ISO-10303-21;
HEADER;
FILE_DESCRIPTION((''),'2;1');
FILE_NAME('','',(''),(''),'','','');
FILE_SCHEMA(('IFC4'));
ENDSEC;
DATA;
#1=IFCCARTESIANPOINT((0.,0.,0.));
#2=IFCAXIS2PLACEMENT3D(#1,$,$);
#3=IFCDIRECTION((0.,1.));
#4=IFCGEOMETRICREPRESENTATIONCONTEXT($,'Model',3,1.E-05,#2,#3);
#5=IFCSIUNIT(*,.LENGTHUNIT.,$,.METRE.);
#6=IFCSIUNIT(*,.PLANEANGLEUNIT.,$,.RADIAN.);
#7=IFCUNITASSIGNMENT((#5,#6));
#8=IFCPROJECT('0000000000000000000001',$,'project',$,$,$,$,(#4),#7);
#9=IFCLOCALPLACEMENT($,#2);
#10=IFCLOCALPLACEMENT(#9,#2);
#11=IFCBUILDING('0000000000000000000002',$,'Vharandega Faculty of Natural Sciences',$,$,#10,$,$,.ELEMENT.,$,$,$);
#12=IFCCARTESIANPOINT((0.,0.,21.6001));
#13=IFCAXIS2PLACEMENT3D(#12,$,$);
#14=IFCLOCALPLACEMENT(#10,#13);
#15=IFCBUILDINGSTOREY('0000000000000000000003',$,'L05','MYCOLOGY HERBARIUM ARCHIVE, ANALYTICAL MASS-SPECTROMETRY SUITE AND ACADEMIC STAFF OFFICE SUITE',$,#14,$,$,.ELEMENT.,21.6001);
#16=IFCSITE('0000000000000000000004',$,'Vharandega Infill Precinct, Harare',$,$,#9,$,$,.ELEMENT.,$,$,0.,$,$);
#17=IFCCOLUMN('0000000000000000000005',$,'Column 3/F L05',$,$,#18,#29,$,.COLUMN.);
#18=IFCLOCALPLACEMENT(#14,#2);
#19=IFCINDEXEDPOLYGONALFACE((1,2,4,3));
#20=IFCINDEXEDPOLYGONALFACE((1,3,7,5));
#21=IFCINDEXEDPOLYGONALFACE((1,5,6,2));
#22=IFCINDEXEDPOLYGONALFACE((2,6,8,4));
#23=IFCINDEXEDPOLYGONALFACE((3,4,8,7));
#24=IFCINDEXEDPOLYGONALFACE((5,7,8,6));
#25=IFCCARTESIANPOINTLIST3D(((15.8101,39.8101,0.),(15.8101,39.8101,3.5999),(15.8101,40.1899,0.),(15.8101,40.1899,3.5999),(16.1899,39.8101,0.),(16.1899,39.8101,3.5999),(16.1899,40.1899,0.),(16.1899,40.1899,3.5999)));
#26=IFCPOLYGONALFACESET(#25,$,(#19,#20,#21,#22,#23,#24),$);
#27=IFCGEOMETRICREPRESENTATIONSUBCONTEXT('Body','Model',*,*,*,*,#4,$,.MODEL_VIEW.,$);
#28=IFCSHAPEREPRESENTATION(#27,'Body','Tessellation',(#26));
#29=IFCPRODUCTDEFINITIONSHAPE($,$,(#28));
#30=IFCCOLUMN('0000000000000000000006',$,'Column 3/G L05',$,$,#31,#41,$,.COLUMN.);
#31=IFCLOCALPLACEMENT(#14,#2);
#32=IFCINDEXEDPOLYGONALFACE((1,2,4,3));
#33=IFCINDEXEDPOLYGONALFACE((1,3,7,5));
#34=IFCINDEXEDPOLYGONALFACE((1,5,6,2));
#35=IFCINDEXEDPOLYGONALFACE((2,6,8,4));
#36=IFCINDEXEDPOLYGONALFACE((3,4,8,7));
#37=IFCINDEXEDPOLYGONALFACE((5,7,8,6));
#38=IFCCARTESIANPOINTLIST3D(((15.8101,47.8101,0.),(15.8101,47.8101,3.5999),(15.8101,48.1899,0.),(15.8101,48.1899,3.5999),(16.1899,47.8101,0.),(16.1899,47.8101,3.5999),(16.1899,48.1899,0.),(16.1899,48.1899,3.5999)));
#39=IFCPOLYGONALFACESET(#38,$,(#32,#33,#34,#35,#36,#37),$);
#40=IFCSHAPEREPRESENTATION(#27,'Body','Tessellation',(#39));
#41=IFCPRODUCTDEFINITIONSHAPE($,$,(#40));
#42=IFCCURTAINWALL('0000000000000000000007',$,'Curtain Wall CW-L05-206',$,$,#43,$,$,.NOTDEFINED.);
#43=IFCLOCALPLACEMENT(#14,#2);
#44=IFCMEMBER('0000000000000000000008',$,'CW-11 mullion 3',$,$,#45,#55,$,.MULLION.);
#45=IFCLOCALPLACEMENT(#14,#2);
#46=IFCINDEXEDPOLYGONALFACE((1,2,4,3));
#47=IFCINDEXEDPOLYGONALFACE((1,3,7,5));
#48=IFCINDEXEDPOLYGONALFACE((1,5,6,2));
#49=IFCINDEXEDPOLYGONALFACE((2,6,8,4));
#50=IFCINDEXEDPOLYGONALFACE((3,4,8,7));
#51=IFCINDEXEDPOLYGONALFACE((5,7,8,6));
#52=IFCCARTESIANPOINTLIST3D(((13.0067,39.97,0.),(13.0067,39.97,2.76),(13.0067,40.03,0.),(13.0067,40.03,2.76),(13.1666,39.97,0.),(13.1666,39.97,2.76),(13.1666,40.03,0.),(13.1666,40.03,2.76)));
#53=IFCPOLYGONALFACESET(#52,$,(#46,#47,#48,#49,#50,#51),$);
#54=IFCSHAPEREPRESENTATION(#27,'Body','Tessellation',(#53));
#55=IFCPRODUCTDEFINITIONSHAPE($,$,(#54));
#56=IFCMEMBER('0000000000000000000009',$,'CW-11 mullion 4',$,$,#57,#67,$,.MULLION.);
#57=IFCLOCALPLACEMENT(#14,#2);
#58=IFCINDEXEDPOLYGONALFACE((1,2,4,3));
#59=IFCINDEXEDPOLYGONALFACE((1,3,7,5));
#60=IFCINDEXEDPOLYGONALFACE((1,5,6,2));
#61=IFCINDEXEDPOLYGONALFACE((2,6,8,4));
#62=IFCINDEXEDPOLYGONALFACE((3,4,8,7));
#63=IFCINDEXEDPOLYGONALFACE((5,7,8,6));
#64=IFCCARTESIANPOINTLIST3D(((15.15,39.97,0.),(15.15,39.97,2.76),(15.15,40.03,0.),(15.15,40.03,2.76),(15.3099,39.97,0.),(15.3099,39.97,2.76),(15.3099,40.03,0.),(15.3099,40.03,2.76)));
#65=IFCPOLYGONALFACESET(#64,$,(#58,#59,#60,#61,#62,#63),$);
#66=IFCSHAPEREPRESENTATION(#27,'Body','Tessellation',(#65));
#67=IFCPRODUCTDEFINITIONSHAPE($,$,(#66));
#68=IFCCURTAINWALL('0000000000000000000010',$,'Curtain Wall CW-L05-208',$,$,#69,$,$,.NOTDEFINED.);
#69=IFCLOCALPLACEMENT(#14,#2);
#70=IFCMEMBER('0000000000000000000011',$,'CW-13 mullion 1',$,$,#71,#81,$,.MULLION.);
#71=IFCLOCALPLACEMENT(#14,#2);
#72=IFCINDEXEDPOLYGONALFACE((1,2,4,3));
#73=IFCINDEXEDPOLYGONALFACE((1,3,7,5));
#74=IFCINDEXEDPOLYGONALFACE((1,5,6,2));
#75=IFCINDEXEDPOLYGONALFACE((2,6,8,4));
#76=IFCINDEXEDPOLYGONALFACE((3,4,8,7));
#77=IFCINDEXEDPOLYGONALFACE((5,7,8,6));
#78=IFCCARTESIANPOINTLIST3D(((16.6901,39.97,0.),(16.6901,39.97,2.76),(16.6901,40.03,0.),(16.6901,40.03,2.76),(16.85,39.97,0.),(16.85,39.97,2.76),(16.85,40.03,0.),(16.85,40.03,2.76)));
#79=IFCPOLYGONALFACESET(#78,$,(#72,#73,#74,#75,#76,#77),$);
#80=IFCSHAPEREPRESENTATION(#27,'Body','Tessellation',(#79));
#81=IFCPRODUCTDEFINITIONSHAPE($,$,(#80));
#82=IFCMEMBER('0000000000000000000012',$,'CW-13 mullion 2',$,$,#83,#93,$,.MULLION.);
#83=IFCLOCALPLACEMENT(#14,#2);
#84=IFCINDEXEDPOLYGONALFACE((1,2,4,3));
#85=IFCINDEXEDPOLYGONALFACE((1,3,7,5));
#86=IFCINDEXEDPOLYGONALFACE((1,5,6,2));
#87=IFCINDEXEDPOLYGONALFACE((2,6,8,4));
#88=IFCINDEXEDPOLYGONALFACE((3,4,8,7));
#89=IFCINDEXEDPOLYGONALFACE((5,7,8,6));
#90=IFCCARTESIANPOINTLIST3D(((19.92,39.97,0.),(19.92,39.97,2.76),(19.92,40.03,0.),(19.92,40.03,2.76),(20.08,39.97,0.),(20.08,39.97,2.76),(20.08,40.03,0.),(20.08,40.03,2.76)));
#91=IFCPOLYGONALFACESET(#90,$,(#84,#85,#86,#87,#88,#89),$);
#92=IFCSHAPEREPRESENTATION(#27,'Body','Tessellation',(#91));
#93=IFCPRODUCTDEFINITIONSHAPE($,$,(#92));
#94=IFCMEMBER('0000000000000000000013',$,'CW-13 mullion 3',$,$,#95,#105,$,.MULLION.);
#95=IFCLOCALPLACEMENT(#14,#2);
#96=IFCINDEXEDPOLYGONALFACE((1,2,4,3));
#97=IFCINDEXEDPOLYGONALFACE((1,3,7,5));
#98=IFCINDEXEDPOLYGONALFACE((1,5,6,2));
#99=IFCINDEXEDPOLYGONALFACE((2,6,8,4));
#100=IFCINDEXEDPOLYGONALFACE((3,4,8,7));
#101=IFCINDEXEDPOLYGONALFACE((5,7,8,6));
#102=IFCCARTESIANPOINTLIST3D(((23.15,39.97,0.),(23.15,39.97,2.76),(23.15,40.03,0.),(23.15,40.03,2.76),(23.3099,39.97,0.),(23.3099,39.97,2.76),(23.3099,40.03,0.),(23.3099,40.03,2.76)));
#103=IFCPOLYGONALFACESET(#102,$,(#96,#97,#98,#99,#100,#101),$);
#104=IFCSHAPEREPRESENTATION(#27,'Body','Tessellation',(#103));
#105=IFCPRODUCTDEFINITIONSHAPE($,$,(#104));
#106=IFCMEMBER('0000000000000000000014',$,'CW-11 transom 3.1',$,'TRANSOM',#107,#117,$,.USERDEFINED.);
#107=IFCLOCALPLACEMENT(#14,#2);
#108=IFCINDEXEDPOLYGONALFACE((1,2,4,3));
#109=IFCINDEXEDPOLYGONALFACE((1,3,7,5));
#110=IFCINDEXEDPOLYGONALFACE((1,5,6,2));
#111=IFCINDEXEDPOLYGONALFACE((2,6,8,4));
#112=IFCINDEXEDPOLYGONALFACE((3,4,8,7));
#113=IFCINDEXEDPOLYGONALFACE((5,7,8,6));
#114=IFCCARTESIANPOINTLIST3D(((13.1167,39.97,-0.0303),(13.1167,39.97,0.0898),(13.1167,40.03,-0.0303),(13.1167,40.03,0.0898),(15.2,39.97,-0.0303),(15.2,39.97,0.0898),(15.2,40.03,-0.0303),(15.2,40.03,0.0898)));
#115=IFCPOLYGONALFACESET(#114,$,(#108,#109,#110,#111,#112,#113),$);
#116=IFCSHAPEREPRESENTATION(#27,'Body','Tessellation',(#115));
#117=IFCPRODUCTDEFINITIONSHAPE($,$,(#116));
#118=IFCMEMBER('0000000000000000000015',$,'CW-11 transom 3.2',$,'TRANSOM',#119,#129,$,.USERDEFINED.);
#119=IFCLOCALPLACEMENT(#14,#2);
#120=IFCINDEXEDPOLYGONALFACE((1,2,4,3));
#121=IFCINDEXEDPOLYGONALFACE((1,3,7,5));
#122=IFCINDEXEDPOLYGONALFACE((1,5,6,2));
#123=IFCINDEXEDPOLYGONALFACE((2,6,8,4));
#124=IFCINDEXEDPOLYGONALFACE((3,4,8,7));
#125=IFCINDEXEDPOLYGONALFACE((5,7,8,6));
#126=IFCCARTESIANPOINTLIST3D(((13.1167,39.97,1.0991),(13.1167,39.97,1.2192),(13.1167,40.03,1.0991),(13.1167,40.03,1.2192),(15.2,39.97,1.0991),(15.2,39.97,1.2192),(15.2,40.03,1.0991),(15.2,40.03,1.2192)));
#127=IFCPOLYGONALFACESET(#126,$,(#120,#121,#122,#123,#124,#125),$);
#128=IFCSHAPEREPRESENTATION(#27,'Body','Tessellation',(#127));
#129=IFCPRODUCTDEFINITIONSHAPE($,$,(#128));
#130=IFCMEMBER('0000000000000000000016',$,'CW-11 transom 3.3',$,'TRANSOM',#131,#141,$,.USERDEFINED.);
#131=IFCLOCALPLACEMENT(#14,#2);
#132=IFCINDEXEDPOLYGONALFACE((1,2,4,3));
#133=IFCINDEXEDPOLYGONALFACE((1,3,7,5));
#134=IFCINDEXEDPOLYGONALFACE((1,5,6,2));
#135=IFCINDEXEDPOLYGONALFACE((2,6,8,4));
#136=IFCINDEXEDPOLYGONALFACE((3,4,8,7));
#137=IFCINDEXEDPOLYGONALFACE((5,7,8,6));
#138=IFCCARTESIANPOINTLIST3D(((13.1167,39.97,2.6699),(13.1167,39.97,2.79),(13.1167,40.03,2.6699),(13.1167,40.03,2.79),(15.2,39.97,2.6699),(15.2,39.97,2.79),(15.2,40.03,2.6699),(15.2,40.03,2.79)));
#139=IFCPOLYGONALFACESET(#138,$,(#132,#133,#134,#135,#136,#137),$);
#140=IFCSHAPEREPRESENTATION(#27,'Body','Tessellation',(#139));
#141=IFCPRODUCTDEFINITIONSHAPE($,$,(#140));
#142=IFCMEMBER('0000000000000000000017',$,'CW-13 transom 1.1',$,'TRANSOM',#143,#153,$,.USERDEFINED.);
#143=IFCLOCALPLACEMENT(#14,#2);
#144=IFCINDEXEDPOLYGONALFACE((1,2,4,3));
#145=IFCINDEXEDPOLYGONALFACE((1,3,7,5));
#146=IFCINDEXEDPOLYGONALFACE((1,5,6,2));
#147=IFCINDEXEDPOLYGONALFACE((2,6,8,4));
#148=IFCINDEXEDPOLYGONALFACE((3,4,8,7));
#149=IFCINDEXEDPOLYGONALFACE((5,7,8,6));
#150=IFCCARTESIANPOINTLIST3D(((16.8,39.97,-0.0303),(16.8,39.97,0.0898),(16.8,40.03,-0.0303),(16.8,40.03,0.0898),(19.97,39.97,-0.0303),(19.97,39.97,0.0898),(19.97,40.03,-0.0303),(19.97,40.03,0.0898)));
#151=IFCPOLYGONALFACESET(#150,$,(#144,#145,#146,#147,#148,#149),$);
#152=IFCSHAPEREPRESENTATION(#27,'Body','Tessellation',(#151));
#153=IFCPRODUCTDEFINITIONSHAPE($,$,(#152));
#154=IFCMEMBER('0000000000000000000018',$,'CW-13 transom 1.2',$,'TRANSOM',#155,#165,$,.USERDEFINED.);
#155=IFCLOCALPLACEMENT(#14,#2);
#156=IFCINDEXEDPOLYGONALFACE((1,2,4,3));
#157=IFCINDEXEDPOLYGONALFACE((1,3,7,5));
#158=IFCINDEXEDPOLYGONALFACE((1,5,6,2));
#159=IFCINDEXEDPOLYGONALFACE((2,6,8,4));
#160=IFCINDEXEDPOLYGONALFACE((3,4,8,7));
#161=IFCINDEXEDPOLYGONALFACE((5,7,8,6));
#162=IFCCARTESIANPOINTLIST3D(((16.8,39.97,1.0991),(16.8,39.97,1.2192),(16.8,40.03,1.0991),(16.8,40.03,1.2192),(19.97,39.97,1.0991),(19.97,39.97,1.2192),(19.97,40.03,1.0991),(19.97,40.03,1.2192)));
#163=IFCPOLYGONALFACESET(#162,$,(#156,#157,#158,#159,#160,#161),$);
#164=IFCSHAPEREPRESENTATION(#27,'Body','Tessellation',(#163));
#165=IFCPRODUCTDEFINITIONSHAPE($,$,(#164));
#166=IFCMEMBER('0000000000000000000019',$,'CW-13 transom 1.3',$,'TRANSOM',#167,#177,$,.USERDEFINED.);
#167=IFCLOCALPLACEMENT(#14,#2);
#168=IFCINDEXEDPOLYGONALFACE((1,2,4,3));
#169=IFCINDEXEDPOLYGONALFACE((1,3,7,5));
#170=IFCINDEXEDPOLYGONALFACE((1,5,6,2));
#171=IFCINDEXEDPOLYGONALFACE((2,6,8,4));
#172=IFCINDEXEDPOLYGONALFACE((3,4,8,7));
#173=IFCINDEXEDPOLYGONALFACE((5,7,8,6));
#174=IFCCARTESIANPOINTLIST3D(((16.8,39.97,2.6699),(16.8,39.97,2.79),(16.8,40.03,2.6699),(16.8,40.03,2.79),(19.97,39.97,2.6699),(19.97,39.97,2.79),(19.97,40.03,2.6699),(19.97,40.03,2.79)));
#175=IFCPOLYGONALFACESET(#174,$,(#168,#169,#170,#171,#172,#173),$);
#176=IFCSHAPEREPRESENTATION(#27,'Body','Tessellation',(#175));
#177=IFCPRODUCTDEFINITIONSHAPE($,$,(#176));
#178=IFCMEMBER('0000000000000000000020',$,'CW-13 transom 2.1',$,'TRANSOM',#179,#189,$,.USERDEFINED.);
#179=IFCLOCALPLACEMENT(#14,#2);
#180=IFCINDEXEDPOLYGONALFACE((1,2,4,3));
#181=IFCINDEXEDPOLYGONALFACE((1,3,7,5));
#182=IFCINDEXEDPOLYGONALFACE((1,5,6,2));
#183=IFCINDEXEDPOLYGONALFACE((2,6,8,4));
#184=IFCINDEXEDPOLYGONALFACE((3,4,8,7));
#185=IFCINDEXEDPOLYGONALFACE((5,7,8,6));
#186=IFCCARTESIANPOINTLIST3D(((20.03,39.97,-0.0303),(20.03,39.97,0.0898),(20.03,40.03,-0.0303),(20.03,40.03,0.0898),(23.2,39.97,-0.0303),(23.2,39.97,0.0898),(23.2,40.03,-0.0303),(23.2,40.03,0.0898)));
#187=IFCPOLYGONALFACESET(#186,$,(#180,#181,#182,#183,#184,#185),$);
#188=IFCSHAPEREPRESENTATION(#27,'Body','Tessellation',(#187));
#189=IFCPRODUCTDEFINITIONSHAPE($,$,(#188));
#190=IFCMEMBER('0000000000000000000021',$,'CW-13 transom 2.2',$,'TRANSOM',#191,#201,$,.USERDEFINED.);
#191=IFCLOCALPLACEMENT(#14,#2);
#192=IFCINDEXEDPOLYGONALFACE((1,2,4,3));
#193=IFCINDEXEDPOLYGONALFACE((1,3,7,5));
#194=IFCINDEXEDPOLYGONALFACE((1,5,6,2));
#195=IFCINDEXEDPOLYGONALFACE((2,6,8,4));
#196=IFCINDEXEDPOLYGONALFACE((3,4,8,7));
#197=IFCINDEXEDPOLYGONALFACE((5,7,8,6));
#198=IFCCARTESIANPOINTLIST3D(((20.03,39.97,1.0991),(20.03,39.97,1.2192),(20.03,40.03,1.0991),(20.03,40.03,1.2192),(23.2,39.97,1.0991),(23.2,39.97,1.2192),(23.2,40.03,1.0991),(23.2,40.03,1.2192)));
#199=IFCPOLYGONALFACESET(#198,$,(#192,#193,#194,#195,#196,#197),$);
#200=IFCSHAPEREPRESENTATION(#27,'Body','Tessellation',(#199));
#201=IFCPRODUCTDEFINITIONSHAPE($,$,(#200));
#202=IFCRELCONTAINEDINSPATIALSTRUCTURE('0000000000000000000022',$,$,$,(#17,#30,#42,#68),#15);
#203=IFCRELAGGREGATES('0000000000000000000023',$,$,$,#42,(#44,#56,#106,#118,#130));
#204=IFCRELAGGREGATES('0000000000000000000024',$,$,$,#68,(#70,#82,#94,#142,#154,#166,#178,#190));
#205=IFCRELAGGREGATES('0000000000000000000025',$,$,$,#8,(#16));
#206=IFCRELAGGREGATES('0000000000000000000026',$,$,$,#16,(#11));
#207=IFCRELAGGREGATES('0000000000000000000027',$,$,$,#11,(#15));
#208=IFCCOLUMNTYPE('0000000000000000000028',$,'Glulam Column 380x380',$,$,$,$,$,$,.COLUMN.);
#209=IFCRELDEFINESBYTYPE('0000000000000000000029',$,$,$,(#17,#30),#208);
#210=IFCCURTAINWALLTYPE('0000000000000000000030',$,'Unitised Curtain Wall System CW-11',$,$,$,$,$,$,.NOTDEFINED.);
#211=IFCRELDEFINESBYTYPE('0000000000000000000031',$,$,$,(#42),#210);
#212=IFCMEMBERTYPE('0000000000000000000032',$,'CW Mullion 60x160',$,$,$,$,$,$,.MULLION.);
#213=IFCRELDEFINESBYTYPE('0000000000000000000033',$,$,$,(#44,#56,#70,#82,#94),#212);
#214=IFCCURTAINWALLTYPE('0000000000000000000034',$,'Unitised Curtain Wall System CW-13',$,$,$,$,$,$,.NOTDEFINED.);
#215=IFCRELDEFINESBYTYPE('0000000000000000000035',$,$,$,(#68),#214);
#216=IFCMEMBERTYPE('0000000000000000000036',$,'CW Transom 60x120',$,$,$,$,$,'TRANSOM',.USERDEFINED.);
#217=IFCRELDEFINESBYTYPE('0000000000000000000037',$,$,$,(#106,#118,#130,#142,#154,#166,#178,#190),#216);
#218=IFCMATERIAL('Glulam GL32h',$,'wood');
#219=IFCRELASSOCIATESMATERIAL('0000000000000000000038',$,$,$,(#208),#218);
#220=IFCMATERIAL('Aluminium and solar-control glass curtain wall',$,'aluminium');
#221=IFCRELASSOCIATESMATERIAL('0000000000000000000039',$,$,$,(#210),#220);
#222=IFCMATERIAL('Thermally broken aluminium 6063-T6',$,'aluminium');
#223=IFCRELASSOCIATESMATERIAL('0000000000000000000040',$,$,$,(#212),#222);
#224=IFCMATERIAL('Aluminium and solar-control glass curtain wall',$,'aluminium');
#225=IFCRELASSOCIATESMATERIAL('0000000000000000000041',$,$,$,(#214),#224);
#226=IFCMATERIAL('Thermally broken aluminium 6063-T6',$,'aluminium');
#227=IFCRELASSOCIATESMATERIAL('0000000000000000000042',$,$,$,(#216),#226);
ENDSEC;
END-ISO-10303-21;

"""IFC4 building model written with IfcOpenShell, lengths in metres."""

from ifc_helpers import new_model, si_unit, direction, frame, origin, origin_2d, place, context, subcontext, project, spatial, rectangle, extrude, material, material_profile, profile_set, type_object, element, aggregate, save


model = new_model("IFC4")

# Units and contexts
model_context = context("Model", 3, precision=1e-05, world=origin(), true_north=direction((0.0, 1.0)))
body_context = subcontext(model_context, "Body", "Model", "MODEL_VIEW")
ifc_project = project(units=[si_unit("LENGTHUNIT", "METRE"), si_unit("PLANEANGLEUNIT", "RADIAN")], contexts=[model_context])

# Site, building, storey
site_placement = place(None, origin())
site = spatial("IfcSite", under=ifc_project, at=site_placement, Name="Vharandega Infill Precinct, Harare", CompositionType="ELEMENT", RefElevation=0.0)
building_placement = place(site_placement, origin())
building = spatial("IfcBuilding", under=site, at=building_placement, Name="Vharandega Faculty of Natural Sciences", CompositionType="ELEMENT")
storey_placement = place(building_placement, frame((0.0, 0.0, 21.6001)))
storey = spatial("IfcBuildingStorey", under=building, at=storey_placement, Name="L05", Description="MYCOLOGY HERBARIUM ARCHIVE, ANALYTICAL MASS-SPECTROMETRY SUITE AND ACADEMIC STAFF OFFICE SUITE", CompositionType="ELEMENT", Elevation=21.6001)

# Columns
ifc_material_1 = material(Name="Glulam GL32h", Category="wood")
ifc_material_profile_1 = material_profile(ifc_material_1, rectangle(XDim=0.3799, YDim=0.3799, at=origin_2d()), Name="GL32h 380x380")
ifc_profile_set_1 = profile_set([ifc_material_profile_1], Name="Glulam GL32h")
column_type = type_object("IfcColumnType", Name="Glulam Column 380x380", PredefinedType="COLUMN", material=ifc_profile_set_1)
for number, where, z_axis, x_axis, name in (
    (1, (16.0, 40.0, 0.0), (0.0, 0.0, 1.0), (1.0, 0.0, 0.0), "Column 3/F L05"),
    (2, (16.0, 48.0, 0.0), (0.0, 0.0, 1.0), (1.0, 0.0, 0.0), "Column 3/G L05"),
):
    element("IfcColumn", number, at=place(storey_placement, frame(where, z_axis=z_axis, x_axis=x_axis)), inside=storey, type_object=column_type, Name=name, PredefinedType="COLUMN", context=body_context, shape_type="SweptSolid", body=[
        extrude(rectangle(XDim=0.3799, YDim=0.3799, at=origin_2d()), origin(), (0.0, 0.0, 1.0), 3.5999),
    ])

# Curtain walls, members
ifc_material_2 = material(Name="Aluminium and solar-control glass curtain wall", Category="aluminium")
curtain_wall_type_1 = type_object("IfcCurtainWallType", Name="Unitised Curtain Wall System CW-11", PredefinedType="NOTDEFINED", material=ifc_material_2)
curtain_wall_1_placement = place(storey_placement, origin())
curtain_wall_1 = element("IfcCurtainWall", 3, at=curtain_wall_1_placement, inside=storey, type_object=curtain_wall_type_1, Name="Curtain Wall CW-L05-206", PredefinedType="NOTDEFINED")
ifc_material_3 = material(Name="Thermally broken aluminium 6063-T6", Category="aluminium")
ifc_material_profile_2 = material_profile(ifc_material_3, rectangle(XDim=0.0601, YDim=0.1599, at=origin_2d()), Name="ALU 60x160")
ifc_profile_set_2 = profile_set([ifc_material_profile_2], Name="Thermally broken aluminium 6063-T6")
member_type_1 = type_object("IfcMemberType", Name="CW Mullion 60x160", PredefinedType="MULLION", material=ifc_profile_set_2)
member_1_placement = place(storey_placement, frame((13.0867, 40.0, 0.0), z_axis=(0.0, 0.0, 1.0), x_axis=(0.0, 1.0, 0.0)))
member_1 = element("IfcMember", 4, at=member_1_placement, type_object=member_type_1, Name="CW-11 mullion 3", PredefinedType="MULLION", context=body_context, shape_type="SweptSolid", body=[
    extrude(rectangle(XDim=0.0601, YDim=0.1599, at=origin_2d()), origin(), (0.0, 0.0, 1.0), 2.76),
])
member_2_placement = place(storey_placement, frame((15.23, 40.0, 0.0), z_axis=(0.0, 0.0, 1.0), x_axis=(0.0, 1.0, 0.0)))
member_2 = element("IfcMember", 5, at=member_2_placement, type_object=member_type_1, Name="CW-11 mullion 4", PredefinedType="MULLION", context=body_context, shape_type="SweptSolid", body=[
    extrude(rectangle(XDim=0.0601, YDim=0.1599, at=origin_2d()), origin(), (0.0, 0.0, 1.0), 2.76),
])
ifc_material_4 = material(Name="Aluminium and solar-control glass curtain wall", Category="aluminium")
curtain_wall_type_2 = type_object("IfcCurtainWallType", Name="Unitised Curtain Wall System CW-13", PredefinedType="NOTDEFINED", material=ifc_material_4)
curtain_wall_2_placement = place(storey_placement, origin())
curtain_wall_2 = element("IfcCurtainWall", 6, at=curtain_wall_2_placement, inside=storey, type_object=curtain_wall_type_2, Name="Curtain Wall CW-L05-208", PredefinedType="NOTDEFINED")
member_3_placement = place(storey_placement, frame((16.77, 40.0, 0.0), z_axis=(0.0, 0.0, 1.0), x_axis=(0.0, 1.0, 0.0)))
member_3 = element("IfcMember", 7, at=member_3_placement, type_object=member_type_1, Name="CW-13 mullion 1", PredefinedType="MULLION", context=body_context, shape_type="SweptSolid", body=[
    extrude(rectangle(XDim=0.0601, YDim=0.1599, at=origin_2d()), origin(), (0.0, 0.0, 1.0), 2.76),
])
member_4_placement = place(storey_placement, frame((20.0, 40.0, 0.0), z_axis=(0.0, 0.0, 1.0), x_axis=(0.0, 1.0, 0.0)))
member_4 = element("IfcMember", 8, at=member_4_placement, type_object=member_type_1, Name="CW-13 mullion 2", PredefinedType="MULLION", context=body_context, shape_type="SweptSolid", body=[
    extrude(rectangle(XDim=0.0601, YDim=0.1599, at=origin_2d()), origin(), (0.0, 0.0, 1.0), 2.76),
])
member_5_placement = place(storey_placement, frame((23.23, 40.0, 0.0), z_axis=(0.0, 0.0, 1.0), x_axis=(0.0, 1.0, 0.0)))
member_5 = element("IfcMember", 9, at=member_5_placement, type_object=member_type_1, Name="CW-13 mullion 3", PredefinedType="MULLION", context=body_context, shape_type="SweptSolid", body=[
    extrude(rectangle(XDim=0.0601, YDim=0.1599, at=origin_2d()), origin(), (0.0, 0.0, 1.0), 2.76),
])

# Members
ifc_material_5 = material(Name="Thermally broken aluminium 6063-T6", Category="aluminium")
ifc_material_profile_3 = material_profile(ifc_material_5, rectangle(XDim=0.0601, YDim=0.1201, at=origin_2d()), Name="ALU 60x120")
ifc_profile_set_3 = profile_set([ifc_material_profile_3], Name="Thermally broken aluminium 6063-T6")
member_type_2 = type_object("IfcMemberType", Name="CW Transom 60x120", ElementType="TRANSOM", PredefinedType="USERDEFINED", material=ifc_profile_set_3)
member_6_placement = place(storey_placement, frame((13.1167, 40.0, 0.0298), z_axis=(1.0, 0.0, 0.0), x_axis=(0.0, 1.0, 0.0)))
member_6 = element("IfcMember", 10, at=member_6_placement, type_object=member_type_2, Name="CW-11 transom 3.1", ObjectType="TRANSOM", PredefinedType="USERDEFINED", context=body_context, shape_type="SweptSolid", body=[
    extrude(rectangle(XDim=0.0601, YDim=0.1201, at=origin_2d()), origin(), (0.0, 0.0, 1.0), 2.0833),
])
member_7_placement = place(storey_placement, frame((13.1167, 40.0, 1.1592), z_axis=(1.0, 0.0, 0.0), x_axis=(0.0, 1.0, 0.0)))
member_7 = element("IfcMember", 11, at=member_7_placement, type_object=member_type_2, Name="CW-11 transom 3.2", ObjectType="TRANSOM", PredefinedType="USERDEFINED", context=body_context, shape_type="SweptSolid", body=[
    extrude(rectangle(XDim=0.0601, YDim=0.1201, at=origin_2d()), origin(), (0.0, 0.0, 1.0), 2.0833),
])
member_8_placement = place(storey_placement, frame((13.1167, 40.0, 2.73), z_axis=(1.0, 0.0, 0.0), x_axis=(0.0, 1.0, 0.0)))
member_8 = element("IfcMember", 12, at=member_8_placement, type_object=member_type_2, Name="CW-11 transom 3.3", ObjectType="TRANSOM", PredefinedType="USERDEFINED", context=body_context, shape_type="SweptSolid", body=[
    extrude(rectangle(XDim=0.0601, YDim=0.1201, at=origin_2d()), origin(), (0.0, 0.0, 1.0), 2.0833),
])
member_9_placement = place(storey_placement, frame((16.8, 40.0, 0.0298), z_axis=(1.0, 0.0, 0.0), x_axis=(0.0, 1.0, 0.0)))
member_9 = element("IfcMember", 13, at=member_9_placement, type_object=member_type_2, Name="CW-13 transom 1.1", ObjectType="TRANSOM", PredefinedType="USERDEFINED", context=body_context, shape_type="SweptSolid", body=[
    extrude(rectangle(XDim=0.0601, YDim=0.1201, at=origin_2d()), origin(), (0.0, 0.0, 1.0), 3.1699),
])
member_10_placement = place(storey_placement, frame((16.8, 40.0, 1.1592), z_axis=(1.0, 0.0, 0.0), x_axis=(0.0, 1.0, 0.0)))
member_10 = element("IfcMember", 14, at=member_10_placement, type_object=member_type_2, Name="CW-13 transom 1.2", ObjectType="TRANSOM", PredefinedType="USERDEFINED", context=body_context, shape_type="SweptSolid", body=[
    extrude(rectangle(XDim=0.0601, YDim=0.1201, at=origin_2d()), origin(), (0.0, 0.0, 1.0), 3.1699),
])
member_11_placement = place(storey_placement, frame((16.8, 40.0, 2.73), z_axis=(1.0, 0.0, 0.0), x_axis=(0.0, 1.0, 0.0)))
member_11 = element("IfcMember", 15, at=member_11_placement, type_object=member_type_2, Name="CW-13 transom 1.3", ObjectType="TRANSOM", PredefinedType="USERDEFINED", context=body_context, shape_type="SweptSolid", body=[
    extrude(rectangle(XDim=0.0601, YDim=0.1201, at=origin_2d()), origin(), (0.0, 0.0, 1.0), 3.1699),
])
member_12_placement = place(storey_placement, frame((20.03, 40.0, 0.0298), z_axis=(1.0, 0.0, 0.0), x_axis=(0.0, 1.0, 0.0)))
member_12 = element("IfcMember", 16, at=member_12_placement, type_object=member_type_2, Name="CW-13 transom 2.1", ObjectType="TRANSOM", PredefinedType="USERDEFINED", context=body_context, shape_type="SweptSolid", body=[
    extrude(rectangle(XDim=0.0601, YDim=0.1201, at=origin_2d()), origin(), (0.0, 0.0, 1.0), 3.1699),
])
member_13_placement = place(storey_placement, frame((20.03, 40.0, 1.1592), z_axis=(1.0, 0.0, 0.0), x_axis=(0.0, 1.0, 0.0)))
member_13 = element("IfcMember", 17, at=member_13_placement, type_object=member_type_2, Name="CW-13 transom 2.2", ObjectType="TRANSOM", PredefinedType="USERDEFINED", context=body_context, shape_type="SweptSolid", body=[
    extrude(rectangle(XDim=0.0601, YDim=0.1201, at=origin_2d()), origin(), (0.0, 0.0, 1.0), 3.1699),
])

aggregate(curtain_wall_1, [member_1, member_2, member_6, member_7, member_8])
aggregate(curtain_wall_2, [member_3, member_4, member_5, member_9, member_10, member_11, member_12, member_13])

save(model, "model.ifc")
